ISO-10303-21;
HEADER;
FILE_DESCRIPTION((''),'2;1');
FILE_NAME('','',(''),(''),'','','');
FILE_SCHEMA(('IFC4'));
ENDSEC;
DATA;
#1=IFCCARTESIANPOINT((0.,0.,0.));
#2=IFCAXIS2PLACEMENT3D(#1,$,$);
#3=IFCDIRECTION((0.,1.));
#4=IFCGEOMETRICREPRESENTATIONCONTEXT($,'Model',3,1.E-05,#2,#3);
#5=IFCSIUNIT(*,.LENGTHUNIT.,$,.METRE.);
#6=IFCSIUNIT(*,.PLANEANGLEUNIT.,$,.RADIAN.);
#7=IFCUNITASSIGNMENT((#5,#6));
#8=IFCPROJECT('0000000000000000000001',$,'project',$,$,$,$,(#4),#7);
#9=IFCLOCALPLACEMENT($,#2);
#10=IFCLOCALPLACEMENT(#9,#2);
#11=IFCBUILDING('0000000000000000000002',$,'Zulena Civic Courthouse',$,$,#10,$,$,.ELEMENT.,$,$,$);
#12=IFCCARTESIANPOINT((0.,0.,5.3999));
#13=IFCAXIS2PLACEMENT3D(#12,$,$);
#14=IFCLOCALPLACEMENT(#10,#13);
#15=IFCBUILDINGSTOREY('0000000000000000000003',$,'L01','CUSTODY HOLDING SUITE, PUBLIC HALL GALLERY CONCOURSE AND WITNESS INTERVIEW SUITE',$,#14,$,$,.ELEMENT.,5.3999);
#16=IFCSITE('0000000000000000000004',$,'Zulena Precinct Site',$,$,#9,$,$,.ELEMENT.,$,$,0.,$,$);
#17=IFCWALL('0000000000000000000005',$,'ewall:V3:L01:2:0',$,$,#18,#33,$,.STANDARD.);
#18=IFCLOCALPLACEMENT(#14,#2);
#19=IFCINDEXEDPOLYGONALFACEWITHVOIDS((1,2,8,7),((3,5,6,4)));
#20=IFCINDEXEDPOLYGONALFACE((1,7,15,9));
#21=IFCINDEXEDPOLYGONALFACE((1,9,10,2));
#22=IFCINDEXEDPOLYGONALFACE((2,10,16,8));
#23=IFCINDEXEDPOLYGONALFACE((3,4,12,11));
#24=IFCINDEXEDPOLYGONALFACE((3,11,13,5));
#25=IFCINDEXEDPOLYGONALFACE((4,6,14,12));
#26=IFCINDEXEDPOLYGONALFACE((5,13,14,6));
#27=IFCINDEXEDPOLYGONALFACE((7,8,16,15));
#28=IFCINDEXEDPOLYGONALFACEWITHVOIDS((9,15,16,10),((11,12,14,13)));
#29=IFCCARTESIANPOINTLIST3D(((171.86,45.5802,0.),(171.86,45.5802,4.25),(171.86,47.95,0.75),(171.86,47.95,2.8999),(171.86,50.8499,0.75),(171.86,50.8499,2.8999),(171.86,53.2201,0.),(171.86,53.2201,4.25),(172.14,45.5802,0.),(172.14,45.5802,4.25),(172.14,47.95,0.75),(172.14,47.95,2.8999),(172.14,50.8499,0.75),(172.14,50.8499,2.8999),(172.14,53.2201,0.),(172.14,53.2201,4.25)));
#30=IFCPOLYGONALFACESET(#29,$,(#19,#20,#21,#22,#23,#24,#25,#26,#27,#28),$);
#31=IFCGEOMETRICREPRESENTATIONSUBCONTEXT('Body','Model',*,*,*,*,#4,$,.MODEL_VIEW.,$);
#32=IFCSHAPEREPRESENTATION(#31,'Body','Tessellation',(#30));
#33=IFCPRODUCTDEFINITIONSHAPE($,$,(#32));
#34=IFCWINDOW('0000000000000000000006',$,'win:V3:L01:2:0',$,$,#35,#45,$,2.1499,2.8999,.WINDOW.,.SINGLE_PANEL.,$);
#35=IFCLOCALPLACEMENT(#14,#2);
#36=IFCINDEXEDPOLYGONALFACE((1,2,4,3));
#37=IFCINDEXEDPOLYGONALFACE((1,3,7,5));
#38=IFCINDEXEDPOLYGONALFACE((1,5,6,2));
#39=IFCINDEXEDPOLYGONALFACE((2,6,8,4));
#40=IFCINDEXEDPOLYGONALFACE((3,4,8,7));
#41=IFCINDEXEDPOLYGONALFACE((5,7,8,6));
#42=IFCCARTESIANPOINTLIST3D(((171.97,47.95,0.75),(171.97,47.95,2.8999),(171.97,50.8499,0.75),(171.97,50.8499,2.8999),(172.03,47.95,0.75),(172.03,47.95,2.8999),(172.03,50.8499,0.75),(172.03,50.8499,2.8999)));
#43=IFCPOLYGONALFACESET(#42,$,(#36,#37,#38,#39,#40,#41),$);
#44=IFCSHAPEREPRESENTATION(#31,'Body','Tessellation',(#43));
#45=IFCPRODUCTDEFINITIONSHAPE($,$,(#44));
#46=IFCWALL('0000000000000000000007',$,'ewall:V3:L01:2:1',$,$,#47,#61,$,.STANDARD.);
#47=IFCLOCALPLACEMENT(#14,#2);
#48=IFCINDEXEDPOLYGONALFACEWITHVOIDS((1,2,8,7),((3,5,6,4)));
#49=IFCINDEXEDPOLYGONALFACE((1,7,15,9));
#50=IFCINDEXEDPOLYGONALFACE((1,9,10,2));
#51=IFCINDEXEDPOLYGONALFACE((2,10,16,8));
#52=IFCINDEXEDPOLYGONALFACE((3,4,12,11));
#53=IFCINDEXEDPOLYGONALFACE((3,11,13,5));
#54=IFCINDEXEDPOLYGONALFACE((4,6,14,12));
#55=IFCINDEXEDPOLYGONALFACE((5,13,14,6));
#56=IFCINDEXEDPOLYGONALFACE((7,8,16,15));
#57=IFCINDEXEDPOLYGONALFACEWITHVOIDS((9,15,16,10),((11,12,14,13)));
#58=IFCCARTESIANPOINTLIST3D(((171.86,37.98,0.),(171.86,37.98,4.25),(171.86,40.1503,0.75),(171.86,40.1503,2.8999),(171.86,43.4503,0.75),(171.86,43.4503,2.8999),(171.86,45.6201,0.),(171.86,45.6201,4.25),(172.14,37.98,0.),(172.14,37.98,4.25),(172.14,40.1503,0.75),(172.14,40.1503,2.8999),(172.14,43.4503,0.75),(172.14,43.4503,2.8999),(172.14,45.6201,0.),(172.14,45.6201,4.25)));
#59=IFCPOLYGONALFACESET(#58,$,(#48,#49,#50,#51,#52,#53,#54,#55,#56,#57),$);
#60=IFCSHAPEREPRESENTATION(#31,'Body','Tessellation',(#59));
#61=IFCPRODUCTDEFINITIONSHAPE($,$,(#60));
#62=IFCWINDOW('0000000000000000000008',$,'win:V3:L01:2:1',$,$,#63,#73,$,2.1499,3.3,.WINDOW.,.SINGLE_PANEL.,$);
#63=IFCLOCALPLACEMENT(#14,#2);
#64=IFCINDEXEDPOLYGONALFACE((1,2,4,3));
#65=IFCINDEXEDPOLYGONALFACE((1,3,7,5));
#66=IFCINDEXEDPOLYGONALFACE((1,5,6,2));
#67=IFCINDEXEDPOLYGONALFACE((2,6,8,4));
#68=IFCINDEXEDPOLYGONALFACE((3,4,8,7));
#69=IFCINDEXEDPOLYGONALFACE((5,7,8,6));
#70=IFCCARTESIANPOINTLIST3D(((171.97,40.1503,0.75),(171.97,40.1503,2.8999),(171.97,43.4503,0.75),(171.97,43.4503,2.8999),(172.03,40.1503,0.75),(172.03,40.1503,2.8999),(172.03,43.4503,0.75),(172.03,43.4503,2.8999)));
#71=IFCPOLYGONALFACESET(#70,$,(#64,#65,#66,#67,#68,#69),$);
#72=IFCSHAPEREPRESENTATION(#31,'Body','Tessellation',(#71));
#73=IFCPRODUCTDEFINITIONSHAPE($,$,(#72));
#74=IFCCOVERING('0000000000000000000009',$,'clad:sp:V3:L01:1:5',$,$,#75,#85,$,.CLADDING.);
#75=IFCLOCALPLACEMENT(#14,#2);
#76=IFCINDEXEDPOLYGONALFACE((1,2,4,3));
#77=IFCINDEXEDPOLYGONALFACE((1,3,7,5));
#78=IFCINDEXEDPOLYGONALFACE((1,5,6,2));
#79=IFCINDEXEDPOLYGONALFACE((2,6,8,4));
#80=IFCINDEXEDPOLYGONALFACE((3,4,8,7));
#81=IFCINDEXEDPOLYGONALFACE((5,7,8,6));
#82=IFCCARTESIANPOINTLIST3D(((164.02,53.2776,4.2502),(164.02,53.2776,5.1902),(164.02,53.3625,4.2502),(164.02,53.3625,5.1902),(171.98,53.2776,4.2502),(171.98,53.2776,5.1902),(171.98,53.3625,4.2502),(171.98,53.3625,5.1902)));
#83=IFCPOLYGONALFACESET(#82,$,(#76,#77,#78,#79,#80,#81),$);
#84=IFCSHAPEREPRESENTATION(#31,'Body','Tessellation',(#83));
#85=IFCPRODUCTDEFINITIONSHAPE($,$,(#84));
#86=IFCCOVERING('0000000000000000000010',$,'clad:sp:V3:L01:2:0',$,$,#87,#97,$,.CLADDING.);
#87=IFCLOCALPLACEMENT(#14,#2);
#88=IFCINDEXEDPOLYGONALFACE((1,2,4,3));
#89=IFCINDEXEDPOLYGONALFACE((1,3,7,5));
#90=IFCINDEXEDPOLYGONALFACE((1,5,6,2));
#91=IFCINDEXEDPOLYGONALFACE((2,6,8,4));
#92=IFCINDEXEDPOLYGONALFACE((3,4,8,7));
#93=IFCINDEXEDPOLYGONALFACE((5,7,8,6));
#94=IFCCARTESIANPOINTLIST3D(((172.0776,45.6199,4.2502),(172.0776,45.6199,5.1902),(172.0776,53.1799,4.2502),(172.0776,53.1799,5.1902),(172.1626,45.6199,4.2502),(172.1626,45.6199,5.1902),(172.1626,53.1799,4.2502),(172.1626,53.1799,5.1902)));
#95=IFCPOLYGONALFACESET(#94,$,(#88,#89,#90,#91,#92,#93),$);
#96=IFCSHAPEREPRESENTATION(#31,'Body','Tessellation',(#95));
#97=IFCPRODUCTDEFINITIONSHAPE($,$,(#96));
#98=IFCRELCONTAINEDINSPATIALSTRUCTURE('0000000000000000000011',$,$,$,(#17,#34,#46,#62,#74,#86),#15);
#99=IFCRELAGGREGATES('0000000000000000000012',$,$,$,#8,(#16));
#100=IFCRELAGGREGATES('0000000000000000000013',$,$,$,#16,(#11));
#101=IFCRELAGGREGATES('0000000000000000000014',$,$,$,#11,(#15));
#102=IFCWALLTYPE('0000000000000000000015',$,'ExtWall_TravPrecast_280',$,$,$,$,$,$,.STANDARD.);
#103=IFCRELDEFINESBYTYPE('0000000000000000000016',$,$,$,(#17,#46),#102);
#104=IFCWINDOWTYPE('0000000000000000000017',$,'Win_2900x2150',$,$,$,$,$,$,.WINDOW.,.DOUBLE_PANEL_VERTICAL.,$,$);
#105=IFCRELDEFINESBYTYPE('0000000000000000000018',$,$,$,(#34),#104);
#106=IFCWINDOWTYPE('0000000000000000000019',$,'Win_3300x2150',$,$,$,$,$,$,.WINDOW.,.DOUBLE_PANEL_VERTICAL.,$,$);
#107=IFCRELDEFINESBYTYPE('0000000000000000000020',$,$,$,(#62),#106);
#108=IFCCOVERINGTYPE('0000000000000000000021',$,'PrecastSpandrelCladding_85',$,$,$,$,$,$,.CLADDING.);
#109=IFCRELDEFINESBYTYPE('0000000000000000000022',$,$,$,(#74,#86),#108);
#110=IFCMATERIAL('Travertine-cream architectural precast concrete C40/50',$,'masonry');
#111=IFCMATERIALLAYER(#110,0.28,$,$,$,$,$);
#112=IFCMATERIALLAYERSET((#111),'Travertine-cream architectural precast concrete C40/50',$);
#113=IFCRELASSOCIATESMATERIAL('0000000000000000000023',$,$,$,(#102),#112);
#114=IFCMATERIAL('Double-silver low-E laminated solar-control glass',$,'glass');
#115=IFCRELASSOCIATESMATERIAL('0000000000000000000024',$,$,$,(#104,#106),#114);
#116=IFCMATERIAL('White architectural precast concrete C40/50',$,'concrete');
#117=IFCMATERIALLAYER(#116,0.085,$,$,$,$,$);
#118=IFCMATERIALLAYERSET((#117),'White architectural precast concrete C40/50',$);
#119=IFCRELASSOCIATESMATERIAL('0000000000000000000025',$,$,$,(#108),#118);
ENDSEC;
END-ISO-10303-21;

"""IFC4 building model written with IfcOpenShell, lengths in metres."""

from ifc_helpers import new_model, si_unit, direction, frame, frame_2d, origin, origin_2d, place, context, subcontext, project, spatial, rectangle, extrude, material, layer, layer_set, type_object, element, fill, save


model = new_model("IFC4")

# Units and contexts
model_context = context("Model", 3, precision=1e-05, world=origin(), true_north=direction((0.0, 1.0)))
body_context = subcontext(model_context, "Body", "Model", "MODEL_VIEW")
ifc_project = project(units=[si_unit("LENGTHUNIT", "METRE"), si_unit("PLANEANGLEUNIT", "RADIAN")], contexts=[model_context])

# Site, building, storey
site_placement = place(None, origin())
site = spatial("IfcSite", under=ifc_project, at=site_placement, Name="Zulena Precinct Site", CompositionType="ELEMENT", RefElevation=0.0)
building_placement = place(site_placement, origin())
building = spatial("IfcBuilding", under=site, at=building_placement, Name="Zulena Civic Courthouse", CompositionType="ELEMENT")
storey_placement = place(building_placement, frame((0.0, 0.0, 5.3999)))
storey = spatial("IfcBuildingStorey", under=building, at=storey_placement, Name="L01", Description="CUSTODY HOLDING SUITE, PUBLIC HALL GALLERY CONCOURSE AND WITNESS INTERVIEW SUITE", CompositionType="ELEMENT", Elevation=5.3999)

# Walls, openings, windows
ifc_material_1 = material(Name="Travertine-cream architectural precast concrete C40/50", Category="masonry")
ifc_layer_1 = layer(ifc_material_1, 0.28)
ifc_layer_set_1 = layer_set([ifc_layer_1], Name="Travertine-cream architectural precast concrete C40/50")
wall_type_1 = type_object("IfcWallType", Name="ExtWall_TravPrecast_280", PredefinedType="STANDARD", material=ifc_layer_set_1)
ifc_material_2 = material(Name="Double-silver low-E laminated solar-control glass", Category="glass")
wall_1_placement = place(storey_placement, frame((172.0, 53.22, 0.0), z_axis=(0.0, 0.0, 1.0), x_axis=(0.0, -1.0, 0.0)))
wall_1 = element("IfcWall", 1, at=wall_1_placement, inside=storey, type_object=wall_type_1, Name="ewall:V3:L01:2:0", PredefinedType="STANDARD", context=body_context, shape_type="SweptSolid", body=[
    extrude(rectangle(XDim=7.6399, YDim=0.28, at=frame_2d((3.8198, 0.0))), origin(), (0.0, 0.0, 1.0), 4.25),
])
opening_1_placement = place(wall_1_placement, frame((2.3701, 0.0, 0.75)))
opening_1 = element("IfcOpeningElement", 2, at=opening_1_placement, cuts=wall_1, PredefinedType="OPENING", context=body_context, shape_type="SweptSolid", body=[
    extrude(rectangle(XDim=2.8999, YDim=2.1499, at=frame_2d((1.45, 1.075))), frame((0.0, 0.1499, 0.0), z_axis=(0.0, -1.0, 0.0), x_axis=(1.0, 0.0, 0.0)), (0.0, 0.0, 1.0), 0.3),
])
window_type_1 = type_object("IfcWindowType", Name="Win_2900x2150", PartitioningType="DOUBLE_PANEL_VERTICAL", PredefinedType="WINDOW", material=ifc_material_2)
window_1_placement = place(opening_1_placement, origin())
window_1 = element("IfcWindow", 3, at=window_1_placement, inside=storey, type_object=window_type_1, Name="win:V3:L01:2:0", OverallHeight=2.1499, OverallWidth=2.8999, PartitioningType="SINGLE_PANEL", PredefinedType="WINDOW", context=body_context, shape_type="SweptSolid", body=[
    extrude(rectangle(XDim=2.8999, YDim=2.1499, at=frame_2d((1.45, 1.075))), frame((0.0, 0.03, 0.0), z_axis=(0.0, -1.0, 0.0), x_axis=(1.0, 0.0, 0.0)), (0.0, 0.0, 1.0), 0.0601),
])
fill(opening_1, window_1)
wall_2_placement = place(storey_placement, frame((172.0, 45.6201, 0.0), z_axis=(0.0, 0.0, 1.0), x_axis=(0.0, -1.0, 0.0)))
wall_2 = element("IfcWall", 4, at=wall_2_placement, inside=storey, type_object=wall_type_1, Name="ewall:V3:L01:2:1", PredefinedType="STANDARD", context=body_context, shape_type="SweptSolid", body=[
    extrude(rectangle(XDim=7.6401, YDim=0.28, at=frame_2d((3.8201, 0.0))), origin(), (0.0, 0.0, 1.0), 4.25),
])
opening_2_placement = place(wall_2_placement, frame((2.1699, 0.0, 0.75)))
opening_2 = element("IfcOpeningElement", 5, at=opening_2_placement, cuts=wall_2, PredefinedType="OPENING", context=body_context, shape_type="SweptSolid", body=[
    extrude(rectangle(XDim=3.3, YDim=2.1499, at=frame_2d((1.6499, 1.075))), frame((0.0, 0.1499, 0.0), z_axis=(0.0, -1.0, 0.0), x_axis=(1.0, 0.0, 0.0)), (0.0, 0.0, 1.0), 0.3),
])
window_type_2 = type_object("IfcWindowType", Name="Win_3300x2150", PartitioningType="DOUBLE_PANEL_VERTICAL", PredefinedType="WINDOW", material=ifc_material_2)
window_2_placement = place(opening_2_placement, origin())
window_2 = element("IfcWindow", 6, at=window_2_placement, inside=storey, type_object=window_type_2, Name="win:V3:L01:2:1", OverallHeight=2.1499, OverallWidth=3.3, PartitioningType="SINGLE_PANEL", PredefinedType="WINDOW", context=body_context, shape_type="SweptSolid", body=[
    extrude(rectangle(XDim=3.3, YDim=2.1499, at=frame_2d((1.6499, 1.075))), frame((0.0, 0.03, 0.0), z_axis=(0.0, -1.0, 0.0), x_axis=(1.0, 0.0, 0.0)), (0.0, 0.0, 1.0), 0.0601),
])
fill(opening_2, window_2)

# Coverings
ifc_material_3 = material(Name="White architectural precast concrete C40/50", Category="concrete")
ifc_layer_2 = layer(ifc_material_3, 0.085)
ifc_layer_set_2 = layer_set([ifc_layer_2], Name="White architectural precast concrete C40/50")
covering_type = type_object("IfcCoveringType", Name="PrecastSpandrelCladding_85", PredefinedType="CLADDING", material=ifc_layer_set_2)
covering_1_placement = place(storey_placement, frame((168.0, 53.3201, 4.2502), z_axis=(0.0, 0.0, 1.0), x_axis=(1.0, 0.0, 0.0)))
element("IfcCovering", 7, at=covering_1_placement, inside=storey, type_object=covering_type, Name="clad:sp:V3:L01:1:5", PredefinedType="CLADDING", context=body_context, shape_type="SweptSolid", body=[
    extrude(rectangle(XDim=7.96, YDim=0.085, at=origin_2d()), origin(), (0.0, 0.0, 1.0), 0.9399),
])
covering_2_placement = place(storey_placement, frame((172.1201, 49.3999, 4.2502), z_axis=(0.0, 0.0, 1.0), x_axis=(0.0, -1.0, 0.0)))
element("IfcCovering", 8, at=covering_2_placement, inside=storey, type_object=covering_type, Name="clad:sp:V3:L01:2:0", PredefinedType="CLADDING", context=body_context, shape_type="SweptSolid", body=[
    extrude(rectangle(XDim=7.5601, YDim=0.085, at=origin_2d()), origin(), (0.0, 0.0, 1.0), 0.9399),
])

save(model, "model.ifc")
